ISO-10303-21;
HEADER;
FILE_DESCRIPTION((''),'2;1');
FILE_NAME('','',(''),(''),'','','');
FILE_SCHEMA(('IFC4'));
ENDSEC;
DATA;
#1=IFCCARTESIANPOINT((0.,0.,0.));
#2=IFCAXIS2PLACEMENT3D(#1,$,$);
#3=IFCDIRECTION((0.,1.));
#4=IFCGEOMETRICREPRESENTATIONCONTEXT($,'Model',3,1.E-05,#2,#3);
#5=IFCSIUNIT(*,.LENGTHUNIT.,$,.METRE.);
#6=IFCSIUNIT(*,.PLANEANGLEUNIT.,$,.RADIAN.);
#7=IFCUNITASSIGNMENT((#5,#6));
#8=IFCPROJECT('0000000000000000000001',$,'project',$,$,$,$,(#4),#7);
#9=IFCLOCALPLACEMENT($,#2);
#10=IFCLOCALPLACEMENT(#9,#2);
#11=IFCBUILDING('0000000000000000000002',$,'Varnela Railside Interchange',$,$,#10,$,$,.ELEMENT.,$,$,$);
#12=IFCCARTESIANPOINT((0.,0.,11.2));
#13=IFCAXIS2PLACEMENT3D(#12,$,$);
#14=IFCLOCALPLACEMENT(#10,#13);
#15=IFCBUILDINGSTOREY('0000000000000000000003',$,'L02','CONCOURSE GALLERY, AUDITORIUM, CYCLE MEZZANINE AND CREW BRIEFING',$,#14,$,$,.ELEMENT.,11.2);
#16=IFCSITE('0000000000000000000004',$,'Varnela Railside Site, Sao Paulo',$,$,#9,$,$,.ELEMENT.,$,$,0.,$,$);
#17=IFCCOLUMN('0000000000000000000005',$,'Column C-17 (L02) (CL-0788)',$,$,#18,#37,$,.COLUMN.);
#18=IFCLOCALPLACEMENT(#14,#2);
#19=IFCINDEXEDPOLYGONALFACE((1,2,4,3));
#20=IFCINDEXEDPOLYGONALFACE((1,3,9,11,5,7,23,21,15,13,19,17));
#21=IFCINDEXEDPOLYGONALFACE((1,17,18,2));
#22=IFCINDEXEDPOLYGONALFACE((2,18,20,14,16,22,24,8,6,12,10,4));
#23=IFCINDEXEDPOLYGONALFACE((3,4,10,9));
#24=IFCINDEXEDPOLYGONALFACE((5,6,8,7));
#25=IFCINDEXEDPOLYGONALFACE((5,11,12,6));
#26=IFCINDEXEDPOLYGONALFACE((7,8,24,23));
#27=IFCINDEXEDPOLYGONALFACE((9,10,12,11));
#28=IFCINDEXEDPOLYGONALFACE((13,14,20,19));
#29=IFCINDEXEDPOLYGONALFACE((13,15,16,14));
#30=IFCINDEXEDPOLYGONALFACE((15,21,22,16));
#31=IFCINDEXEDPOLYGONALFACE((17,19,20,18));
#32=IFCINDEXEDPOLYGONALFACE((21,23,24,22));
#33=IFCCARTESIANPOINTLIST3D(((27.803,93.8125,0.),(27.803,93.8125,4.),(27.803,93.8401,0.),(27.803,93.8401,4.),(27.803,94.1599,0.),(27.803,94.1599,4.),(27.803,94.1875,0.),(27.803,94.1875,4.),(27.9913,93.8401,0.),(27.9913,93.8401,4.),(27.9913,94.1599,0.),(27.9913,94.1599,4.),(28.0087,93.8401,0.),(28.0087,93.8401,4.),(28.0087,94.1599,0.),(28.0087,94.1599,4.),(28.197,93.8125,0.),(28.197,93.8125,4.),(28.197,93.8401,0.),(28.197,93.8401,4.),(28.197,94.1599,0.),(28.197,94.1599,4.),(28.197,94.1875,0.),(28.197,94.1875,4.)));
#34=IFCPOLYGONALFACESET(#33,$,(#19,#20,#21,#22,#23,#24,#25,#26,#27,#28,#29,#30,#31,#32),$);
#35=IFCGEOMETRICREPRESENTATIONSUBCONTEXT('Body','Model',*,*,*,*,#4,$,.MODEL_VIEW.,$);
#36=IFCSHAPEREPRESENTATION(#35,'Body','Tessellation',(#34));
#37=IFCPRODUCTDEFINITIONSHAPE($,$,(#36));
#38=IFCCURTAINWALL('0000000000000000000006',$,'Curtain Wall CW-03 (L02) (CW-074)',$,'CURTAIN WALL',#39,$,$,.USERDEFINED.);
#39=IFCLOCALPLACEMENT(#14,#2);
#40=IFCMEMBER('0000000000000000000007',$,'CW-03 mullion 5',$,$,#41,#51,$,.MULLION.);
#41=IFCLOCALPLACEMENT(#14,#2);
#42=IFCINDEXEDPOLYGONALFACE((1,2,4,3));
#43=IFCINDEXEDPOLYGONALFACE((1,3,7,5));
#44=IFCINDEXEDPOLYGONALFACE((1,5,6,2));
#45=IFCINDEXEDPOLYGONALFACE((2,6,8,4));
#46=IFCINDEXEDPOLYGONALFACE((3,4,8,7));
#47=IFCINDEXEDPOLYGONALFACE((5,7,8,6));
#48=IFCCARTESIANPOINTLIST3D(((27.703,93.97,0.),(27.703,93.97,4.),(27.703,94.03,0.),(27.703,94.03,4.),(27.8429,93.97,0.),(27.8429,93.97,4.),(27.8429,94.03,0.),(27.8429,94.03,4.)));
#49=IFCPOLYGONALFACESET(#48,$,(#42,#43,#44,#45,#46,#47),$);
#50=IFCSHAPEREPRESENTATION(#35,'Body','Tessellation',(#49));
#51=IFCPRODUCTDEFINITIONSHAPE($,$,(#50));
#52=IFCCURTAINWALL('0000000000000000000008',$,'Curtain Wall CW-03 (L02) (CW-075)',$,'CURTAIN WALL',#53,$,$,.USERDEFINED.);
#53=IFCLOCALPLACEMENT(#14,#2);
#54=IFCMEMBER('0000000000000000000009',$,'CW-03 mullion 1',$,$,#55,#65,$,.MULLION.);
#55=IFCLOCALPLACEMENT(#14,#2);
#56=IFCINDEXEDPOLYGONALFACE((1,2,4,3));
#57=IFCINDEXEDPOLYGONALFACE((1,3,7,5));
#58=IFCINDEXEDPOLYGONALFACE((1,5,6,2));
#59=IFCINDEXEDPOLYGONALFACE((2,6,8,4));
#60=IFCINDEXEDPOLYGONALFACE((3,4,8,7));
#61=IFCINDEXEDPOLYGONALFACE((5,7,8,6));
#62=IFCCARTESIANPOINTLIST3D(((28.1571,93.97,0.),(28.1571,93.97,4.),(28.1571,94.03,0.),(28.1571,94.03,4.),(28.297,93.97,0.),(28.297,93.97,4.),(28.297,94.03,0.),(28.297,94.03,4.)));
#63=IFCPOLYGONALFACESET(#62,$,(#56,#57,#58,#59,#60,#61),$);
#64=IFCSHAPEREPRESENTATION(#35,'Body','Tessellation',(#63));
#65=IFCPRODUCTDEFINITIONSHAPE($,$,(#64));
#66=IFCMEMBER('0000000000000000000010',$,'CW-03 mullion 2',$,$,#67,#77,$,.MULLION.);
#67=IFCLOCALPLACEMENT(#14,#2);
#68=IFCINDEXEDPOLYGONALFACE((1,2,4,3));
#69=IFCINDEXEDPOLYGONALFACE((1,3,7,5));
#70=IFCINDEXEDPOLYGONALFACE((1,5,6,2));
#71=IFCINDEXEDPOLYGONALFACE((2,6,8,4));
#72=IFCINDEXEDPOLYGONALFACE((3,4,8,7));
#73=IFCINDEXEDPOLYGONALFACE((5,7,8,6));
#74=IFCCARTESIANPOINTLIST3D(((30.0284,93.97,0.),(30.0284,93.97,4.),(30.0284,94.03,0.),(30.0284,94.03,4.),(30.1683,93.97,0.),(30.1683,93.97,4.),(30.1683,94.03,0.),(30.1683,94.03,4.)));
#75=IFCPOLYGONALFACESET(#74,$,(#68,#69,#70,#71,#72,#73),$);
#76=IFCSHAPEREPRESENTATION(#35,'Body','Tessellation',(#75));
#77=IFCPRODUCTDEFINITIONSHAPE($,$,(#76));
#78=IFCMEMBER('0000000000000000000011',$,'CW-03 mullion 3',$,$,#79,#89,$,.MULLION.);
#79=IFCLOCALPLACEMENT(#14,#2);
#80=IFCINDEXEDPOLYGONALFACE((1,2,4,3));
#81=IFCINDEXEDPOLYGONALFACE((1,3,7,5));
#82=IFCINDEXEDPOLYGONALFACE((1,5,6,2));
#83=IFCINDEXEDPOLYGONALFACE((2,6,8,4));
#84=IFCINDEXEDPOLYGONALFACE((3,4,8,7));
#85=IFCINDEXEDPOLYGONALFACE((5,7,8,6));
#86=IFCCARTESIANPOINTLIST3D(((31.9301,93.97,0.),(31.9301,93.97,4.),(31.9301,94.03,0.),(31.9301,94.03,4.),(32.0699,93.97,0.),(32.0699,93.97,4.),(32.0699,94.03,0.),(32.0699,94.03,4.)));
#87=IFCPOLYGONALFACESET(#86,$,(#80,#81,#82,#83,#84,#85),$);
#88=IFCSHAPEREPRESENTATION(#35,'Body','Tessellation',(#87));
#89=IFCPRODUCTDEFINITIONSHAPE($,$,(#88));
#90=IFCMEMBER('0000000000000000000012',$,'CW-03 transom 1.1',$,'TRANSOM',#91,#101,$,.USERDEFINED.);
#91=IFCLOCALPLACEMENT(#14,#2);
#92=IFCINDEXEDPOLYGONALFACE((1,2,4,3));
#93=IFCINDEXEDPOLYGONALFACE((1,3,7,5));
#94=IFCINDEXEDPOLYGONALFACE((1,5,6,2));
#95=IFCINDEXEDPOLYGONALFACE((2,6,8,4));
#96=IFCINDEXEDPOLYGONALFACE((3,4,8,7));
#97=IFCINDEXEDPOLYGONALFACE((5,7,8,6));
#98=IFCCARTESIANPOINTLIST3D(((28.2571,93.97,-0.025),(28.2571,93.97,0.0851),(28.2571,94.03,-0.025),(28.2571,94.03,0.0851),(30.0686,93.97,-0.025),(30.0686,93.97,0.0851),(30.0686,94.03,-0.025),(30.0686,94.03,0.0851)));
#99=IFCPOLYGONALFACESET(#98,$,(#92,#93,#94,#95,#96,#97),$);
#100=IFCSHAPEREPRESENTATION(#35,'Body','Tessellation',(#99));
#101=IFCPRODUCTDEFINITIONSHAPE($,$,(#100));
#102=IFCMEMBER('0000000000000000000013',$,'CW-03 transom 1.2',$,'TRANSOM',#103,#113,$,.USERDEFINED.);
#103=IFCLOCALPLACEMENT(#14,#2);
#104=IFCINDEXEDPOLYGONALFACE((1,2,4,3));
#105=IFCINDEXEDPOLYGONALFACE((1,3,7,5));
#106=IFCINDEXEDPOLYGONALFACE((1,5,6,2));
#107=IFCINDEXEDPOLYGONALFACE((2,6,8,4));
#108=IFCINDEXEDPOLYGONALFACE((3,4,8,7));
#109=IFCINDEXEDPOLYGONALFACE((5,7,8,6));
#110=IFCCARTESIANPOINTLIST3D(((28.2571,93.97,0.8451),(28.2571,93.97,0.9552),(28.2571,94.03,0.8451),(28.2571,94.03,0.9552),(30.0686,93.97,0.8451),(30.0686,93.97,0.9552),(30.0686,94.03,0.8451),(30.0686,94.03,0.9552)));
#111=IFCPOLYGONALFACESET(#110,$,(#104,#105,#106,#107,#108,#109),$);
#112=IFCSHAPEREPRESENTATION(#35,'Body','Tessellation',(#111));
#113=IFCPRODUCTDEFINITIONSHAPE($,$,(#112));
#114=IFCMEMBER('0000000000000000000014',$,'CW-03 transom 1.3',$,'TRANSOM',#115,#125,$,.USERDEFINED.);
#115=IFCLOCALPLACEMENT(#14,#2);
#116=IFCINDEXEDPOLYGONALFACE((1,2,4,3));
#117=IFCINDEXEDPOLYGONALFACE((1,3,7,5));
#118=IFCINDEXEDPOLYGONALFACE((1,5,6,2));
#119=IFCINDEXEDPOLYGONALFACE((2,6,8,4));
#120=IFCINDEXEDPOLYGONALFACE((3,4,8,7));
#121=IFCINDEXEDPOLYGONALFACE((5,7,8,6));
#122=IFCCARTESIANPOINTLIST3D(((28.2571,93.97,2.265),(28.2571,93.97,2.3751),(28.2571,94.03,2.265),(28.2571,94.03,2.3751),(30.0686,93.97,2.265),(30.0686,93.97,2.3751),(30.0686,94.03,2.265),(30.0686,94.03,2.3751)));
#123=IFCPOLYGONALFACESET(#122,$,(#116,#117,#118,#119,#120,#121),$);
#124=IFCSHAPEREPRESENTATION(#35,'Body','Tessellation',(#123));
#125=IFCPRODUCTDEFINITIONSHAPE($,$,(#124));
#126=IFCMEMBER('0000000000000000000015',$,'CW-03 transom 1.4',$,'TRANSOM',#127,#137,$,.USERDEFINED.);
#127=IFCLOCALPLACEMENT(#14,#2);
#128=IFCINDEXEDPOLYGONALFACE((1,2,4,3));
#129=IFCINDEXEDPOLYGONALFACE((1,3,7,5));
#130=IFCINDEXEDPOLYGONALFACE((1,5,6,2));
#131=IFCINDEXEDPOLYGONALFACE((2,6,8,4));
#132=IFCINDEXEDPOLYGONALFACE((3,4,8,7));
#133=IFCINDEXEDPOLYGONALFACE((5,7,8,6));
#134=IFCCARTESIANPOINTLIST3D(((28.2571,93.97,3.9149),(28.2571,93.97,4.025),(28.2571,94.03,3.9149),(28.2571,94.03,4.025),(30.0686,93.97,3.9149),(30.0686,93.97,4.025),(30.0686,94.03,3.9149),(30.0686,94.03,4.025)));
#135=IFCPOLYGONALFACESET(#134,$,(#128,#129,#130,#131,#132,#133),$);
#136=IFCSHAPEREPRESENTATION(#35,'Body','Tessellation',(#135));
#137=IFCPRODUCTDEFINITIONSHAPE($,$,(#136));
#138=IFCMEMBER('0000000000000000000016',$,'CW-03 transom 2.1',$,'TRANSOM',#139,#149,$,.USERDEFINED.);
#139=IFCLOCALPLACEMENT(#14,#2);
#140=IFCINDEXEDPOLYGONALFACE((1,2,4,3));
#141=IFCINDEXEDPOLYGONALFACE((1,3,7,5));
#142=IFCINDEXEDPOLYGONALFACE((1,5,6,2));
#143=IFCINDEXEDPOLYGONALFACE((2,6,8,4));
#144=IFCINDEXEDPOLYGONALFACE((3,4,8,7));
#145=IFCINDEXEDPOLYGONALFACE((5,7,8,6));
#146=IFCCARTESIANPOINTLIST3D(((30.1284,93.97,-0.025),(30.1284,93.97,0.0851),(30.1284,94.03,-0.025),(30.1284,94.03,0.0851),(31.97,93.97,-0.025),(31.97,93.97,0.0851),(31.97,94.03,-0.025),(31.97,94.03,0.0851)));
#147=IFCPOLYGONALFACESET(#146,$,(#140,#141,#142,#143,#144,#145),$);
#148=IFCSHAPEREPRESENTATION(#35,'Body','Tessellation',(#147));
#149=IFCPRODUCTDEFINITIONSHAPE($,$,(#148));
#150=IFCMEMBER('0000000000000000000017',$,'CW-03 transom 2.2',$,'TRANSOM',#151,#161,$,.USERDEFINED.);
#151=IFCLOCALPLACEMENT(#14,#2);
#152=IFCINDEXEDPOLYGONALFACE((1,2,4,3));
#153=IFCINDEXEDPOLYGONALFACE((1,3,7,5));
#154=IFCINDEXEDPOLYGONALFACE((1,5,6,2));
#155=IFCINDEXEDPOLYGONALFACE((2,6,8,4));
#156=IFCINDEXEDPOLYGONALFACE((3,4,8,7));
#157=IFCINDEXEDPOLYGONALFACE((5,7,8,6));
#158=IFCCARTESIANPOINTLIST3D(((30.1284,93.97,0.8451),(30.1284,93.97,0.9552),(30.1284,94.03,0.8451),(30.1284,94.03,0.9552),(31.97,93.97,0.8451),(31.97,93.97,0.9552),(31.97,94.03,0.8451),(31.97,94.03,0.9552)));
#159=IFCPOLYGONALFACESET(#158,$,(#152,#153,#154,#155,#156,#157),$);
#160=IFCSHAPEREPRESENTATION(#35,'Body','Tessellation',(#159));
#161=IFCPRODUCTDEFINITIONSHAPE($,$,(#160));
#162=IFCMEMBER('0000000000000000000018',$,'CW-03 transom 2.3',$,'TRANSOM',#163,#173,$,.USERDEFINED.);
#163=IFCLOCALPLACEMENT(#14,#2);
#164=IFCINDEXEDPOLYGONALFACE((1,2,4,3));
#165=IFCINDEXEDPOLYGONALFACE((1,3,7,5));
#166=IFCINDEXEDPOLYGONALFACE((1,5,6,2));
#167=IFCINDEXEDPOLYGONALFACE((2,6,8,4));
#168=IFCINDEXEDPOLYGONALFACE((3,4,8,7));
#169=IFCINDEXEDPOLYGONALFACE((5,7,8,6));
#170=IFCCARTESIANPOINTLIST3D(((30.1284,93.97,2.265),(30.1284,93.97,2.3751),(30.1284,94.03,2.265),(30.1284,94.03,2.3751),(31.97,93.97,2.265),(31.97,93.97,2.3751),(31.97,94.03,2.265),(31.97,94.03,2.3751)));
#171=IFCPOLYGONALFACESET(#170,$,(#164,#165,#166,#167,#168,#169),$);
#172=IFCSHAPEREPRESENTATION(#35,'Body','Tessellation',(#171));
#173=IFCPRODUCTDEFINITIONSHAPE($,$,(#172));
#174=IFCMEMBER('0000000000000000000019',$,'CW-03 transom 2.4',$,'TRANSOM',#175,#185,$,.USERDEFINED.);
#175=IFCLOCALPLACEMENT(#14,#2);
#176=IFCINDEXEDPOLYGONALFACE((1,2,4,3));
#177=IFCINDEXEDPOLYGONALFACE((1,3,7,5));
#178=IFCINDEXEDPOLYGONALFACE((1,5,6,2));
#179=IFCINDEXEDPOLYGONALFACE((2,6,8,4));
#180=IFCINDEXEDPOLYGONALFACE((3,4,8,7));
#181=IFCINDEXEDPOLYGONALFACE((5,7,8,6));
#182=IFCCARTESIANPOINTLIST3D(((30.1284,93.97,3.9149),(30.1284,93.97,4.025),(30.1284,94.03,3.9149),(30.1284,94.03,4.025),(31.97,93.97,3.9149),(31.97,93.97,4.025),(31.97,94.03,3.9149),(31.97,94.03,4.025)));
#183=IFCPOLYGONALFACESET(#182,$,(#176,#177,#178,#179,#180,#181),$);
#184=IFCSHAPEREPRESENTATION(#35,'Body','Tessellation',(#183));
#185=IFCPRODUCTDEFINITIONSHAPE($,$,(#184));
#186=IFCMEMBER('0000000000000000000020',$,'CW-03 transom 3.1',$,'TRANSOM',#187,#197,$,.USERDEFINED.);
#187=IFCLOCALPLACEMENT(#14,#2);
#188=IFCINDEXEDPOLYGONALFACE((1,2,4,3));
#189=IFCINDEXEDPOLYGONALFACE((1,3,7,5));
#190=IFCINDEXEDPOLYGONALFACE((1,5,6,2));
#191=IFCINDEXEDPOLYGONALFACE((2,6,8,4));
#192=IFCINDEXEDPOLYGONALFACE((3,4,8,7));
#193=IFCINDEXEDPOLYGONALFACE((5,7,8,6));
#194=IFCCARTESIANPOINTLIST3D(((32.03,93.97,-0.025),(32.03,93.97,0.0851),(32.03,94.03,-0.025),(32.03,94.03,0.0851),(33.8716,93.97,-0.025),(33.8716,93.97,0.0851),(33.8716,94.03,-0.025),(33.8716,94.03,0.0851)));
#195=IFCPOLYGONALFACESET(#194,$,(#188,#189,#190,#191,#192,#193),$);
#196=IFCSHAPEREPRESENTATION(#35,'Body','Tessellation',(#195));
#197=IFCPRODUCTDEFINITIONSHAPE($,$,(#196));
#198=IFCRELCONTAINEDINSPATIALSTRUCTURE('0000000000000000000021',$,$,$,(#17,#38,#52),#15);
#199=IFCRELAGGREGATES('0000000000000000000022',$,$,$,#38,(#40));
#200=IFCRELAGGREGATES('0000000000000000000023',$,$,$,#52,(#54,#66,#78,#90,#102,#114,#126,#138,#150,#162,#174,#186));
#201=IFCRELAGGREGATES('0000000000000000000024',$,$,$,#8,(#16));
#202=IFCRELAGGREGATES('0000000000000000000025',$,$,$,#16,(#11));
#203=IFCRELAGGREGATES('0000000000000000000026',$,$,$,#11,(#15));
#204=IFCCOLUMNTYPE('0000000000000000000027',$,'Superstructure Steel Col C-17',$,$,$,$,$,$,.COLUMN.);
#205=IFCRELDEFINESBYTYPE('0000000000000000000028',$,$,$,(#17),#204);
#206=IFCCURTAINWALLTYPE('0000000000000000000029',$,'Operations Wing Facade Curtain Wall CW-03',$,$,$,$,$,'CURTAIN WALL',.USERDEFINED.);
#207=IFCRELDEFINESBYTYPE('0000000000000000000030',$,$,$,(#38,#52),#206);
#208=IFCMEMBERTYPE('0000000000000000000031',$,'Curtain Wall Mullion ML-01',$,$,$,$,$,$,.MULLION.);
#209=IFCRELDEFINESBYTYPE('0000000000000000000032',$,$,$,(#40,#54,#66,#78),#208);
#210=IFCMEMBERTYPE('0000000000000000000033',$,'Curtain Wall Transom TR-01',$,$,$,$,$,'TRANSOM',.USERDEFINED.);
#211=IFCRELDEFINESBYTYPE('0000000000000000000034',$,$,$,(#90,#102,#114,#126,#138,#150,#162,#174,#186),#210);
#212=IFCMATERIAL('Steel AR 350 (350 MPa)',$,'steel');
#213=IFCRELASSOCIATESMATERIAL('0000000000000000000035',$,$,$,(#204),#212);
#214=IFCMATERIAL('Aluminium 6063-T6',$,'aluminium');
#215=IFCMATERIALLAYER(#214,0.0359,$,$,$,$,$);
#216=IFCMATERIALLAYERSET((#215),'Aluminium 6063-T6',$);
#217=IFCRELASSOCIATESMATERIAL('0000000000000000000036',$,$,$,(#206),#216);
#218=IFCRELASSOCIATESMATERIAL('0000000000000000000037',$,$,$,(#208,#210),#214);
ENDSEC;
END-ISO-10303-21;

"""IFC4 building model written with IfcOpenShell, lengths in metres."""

from ifc_helpers import new_model, si_unit, direction, frame, origin, origin_2d, place, context, subcontext, project, spatial, rectangle, i_section, extrude, material, layer, layer_set, material_profile, profile_set, type_object, element, aggregate, save


model = new_model("IFC4")

# Units and contexts
model_context = context("Model", 3, precision=1e-05, world=origin(), true_north=direction((0.0, 1.0)))
body_context = subcontext(model_context, "Body", "Model", "MODEL_VIEW")
ifc_project = project(units=[si_unit("LENGTHUNIT", "METRE"), si_unit("PLANEANGLEUNIT", "RADIAN")], contexts=[model_context])

# Site, building, storey
site_placement = place(None, origin())
site = spatial("IfcSite", under=ifc_project, at=site_placement, Name="Varnela Railside Site, Sao Paulo", CompositionType="ELEMENT", RefElevation=0.0)
building_placement = place(site_placement, origin())
building = spatial("IfcBuilding", under=site, at=building_placement, Name="Varnela Railside Interchange", CompositionType="ELEMENT")
storey_placement = place(building_placement, frame((0.0, 0.0, 11.2)))
storey = spatial("IfcBuildingStorey", under=building, at=storey_placement, Name="L02", Description="CONCOURSE GALLERY, AUDITORIUM, CYCLE MEZZANINE AND CREW BRIEFING", CompositionType="ELEMENT", Elevation=11.2)

# Column
ifc_material_1 = material(Name="Steel AR 350 (350 MPa)", Category="steel")
ifc_material_profile_1 = material_profile(ifc_material_1, i_section(OverallWidth=0.394, OverallDepth=0.375, WebThickness=0.0173, FlangeThickness=0.0276, at=origin_2d()), Name="W360x216")
ifc_profile_set_1 = profile_set([ifc_material_profile_1], Name="Steel AR 350 (350 MPa)")
column_type = type_object("IfcColumnType", Name="Superstructure Steel Col C-17", PredefinedType="COLUMN", material=ifc_profile_set_1)
column_placement = place(storey_placement, frame((28.0, 94.0, 0.0), z_axis=(0.0, 0.0, 1.0), x_axis=(1.0, 0.0, 0.0)))
element("IfcColumn", 1, at=column_placement, inside=storey, type_object=column_type, Name="Column C-17 (L02) (CL-0788)", PredefinedType="COLUMN", context=body_context, shape_type="SweptSolid", body=[
    extrude(i_section(OverallWidth=0.394, OverallDepth=0.375, WebThickness=0.0173, FlangeThickness=0.0276, at=origin_2d()), origin(), (0.0, 0.0, 1.0), 4.0),
])

# Curtain wall, member
ifc_material_2 = material(Name="Aluminium 6063-T6", Category="aluminium")
ifc_layer_1 = layer(ifc_material_2, 0.0359)
ifc_layer_set_1 = layer_set([ifc_layer_1], Name="Aluminium 6063-T6")
curtain_wall_type = type_object("IfcCurtainWallType", Name="Operations Wing Facade Curtain Wall CW-03", ElementType="CURTAIN WALL", PredefinedType="USERDEFINED", material=ifc_layer_set_1)
curtain_wall_1_placement = place(storey_placement, origin())
curtain_wall_1 = element("IfcCurtainWall", 2, at=curtain_wall_1_placement, inside=storey, type_object=curtain_wall_type, Name="Curtain Wall CW-03 (L02) (CW-074)", ObjectType="CURTAIN WALL", PredefinedType="USERDEFINED")
ifc_material_profile_2 = material_profile(ifc_material_2, rectangle(XDim=0.0601, YDim=0.1399, at=origin_2d()), Name="ALU 60x140")
ifc_profile_set_2 = profile_set([ifc_material_profile_2], Name="Aluminium 6063-T6")
member_type_1 = type_object("IfcMemberType", Name="Curtain Wall Mullion ML-01", PredefinedType="MULLION", material=ifc_profile_set_2)
member_1_placement = place(storey_placement, frame((27.7729, 94.0, 0.0), z_axis=(0.0, 0.0, 1.0), x_axis=(0.0, 1.0, 0.0)))
member_1 = element("IfcMember", 3, at=member_1_placement, type_object=member_type_1, Name="CW-03 mullion 5", PredefinedType="MULLION", context=body_context, shape_type="SweptSolid", body=[
    extrude(rectangle(XDim=0.0601, YDim=0.1399, at=origin_2d()), origin(), (0.0, 0.0, 1.0), 4.0),
])

# Curtain wall, members
curtain_wall_2_placement = place(storey_placement, origin())
curtain_wall_2 = element("IfcCurtainWall", 4, at=curtain_wall_2_placement, inside=storey, type_object=curtain_wall_type, Name="Curtain Wall CW-03 (L02) (CW-075)", ObjectType="CURTAIN WALL", PredefinedType="USERDEFINED")
member_2_placement = place(storey_placement, frame((28.2271, 94.0, 0.0), z_axis=(0.0, 0.0, 1.0), x_axis=(0.0, 1.0, 0.0)))
member_2 = element("IfcMember", 5, at=member_2_placement, type_object=member_type_1, Name="CW-03 mullion 1", PredefinedType="MULLION", context=body_context, shape_type="SweptSolid", body=[
    extrude(rectangle(XDim=0.0601, YDim=0.1399, at=origin_2d()), origin(), (0.0, 0.0, 1.0), 4.0),
])
member_3_placement = place(storey_placement, frame((30.0984, 94.0, 0.0), z_axis=(0.0, 0.0, 1.0), x_axis=(0.0, 1.0, 0.0)))
member_3 = element("IfcMember", 6, at=member_3_placement, type_object=member_type_1, Name="CW-03 mullion 2", PredefinedType="MULLION", context=body_context, shape_type="SweptSolid", body=[
    extrude(rectangle(XDim=0.0601, YDim=0.1399, at=origin_2d()), origin(), (0.0, 0.0, 1.0), 4.0),
])
member_4_placement = place(storey_placement, frame((32.0, 94.0, 0.0), z_axis=(0.0, 0.0, 1.0), x_axis=(0.0, 1.0, 0.0)))
member_4 = element("IfcMember", 7, at=member_4_placement, type_object=member_type_1, Name="CW-03 mullion 3", PredefinedType="MULLION", context=body_context, shape_type="SweptSolid", body=[
    extrude(rectangle(XDim=0.0601, YDim=0.1399, at=origin_2d()), origin(), (0.0, 0.0, 1.0), 4.0),
])
ifc_material_profile_3 = material_profile(ifc_material_2, rectangle(XDim=0.0601, YDim=0.1101, at=origin_2d()), Name="ALU 60x110")
ifc_profile_set_3 = profile_set([ifc_material_profile_3], Name="Aluminium 6063-T6")
member_type_2 = type_object("IfcMemberType", Name="Curtain Wall Transom TR-01", ElementType="TRANSOM", PredefinedType="USERDEFINED", material=ifc_profile_set_3)
member_5_placement = place(storey_placement, frame((28.2571, 94.0, 0.03), z_axis=(1.0, 0.0, 0.0), x_axis=(0.0, 1.0, 0.0)))
member_5 = element("IfcMember", 8, at=member_5_placement, type_object=member_type_2, Name="CW-03 transom 1.1", ObjectType="TRANSOM", PredefinedType="USERDEFINED", context=body_context, shape_type="SweptSolid", body=[
    extrude(rectangle(XDim=0.0601, YDim=0.1101, at=origin_2d()), origin(), (0.0, 0.0, 1.0), 1.8115),
])
member_6_placement = place(storey_placement, frame((28.2571, 94.0, 0.9001), z_axis=(1.0, 0.0, 0.0), x_axis=(0.0, 1.0, 0.0)))
member_6 = element("IfcMember", 9, at=member_6_placement, type_object=member_type_2, Name="CW-03 transom 1.2", ObjectType="TRANSOM", PredefinedType="USERDEFINED", context=body_context, shape_type="SweptSolid", body=[
    extrude(rectangle(XDim=0.0601, YDim=0.1101, at=origin_2d()), origin(), (0.0, 0.0, 1.0), 1.8115),
])
member_7_placement = place(storey_placement, frame((28.2571, 94.0, 2.3201), z_axis=(1.0, 0.0, 0.0), x_axis=(0.0, 1.0, 0.0)))
member_7 = element("IfcMember", 10, at=member_7_placement, type_object=member_type_2, Name="CW-03 transom 1.3", ObjectType="TRANSOM", PredefinedType="USERDEFINED", context=body_context, shape_type="SweptSolid", body=[
    extrude(rectangle(XDim=0.0601, YDim=0.1101, at=origin_2d()), origin(), (0.0, 0.0, 1.0), 1.8115),
])
member_8_placement = place(storey_placement, frame((28.2571, 94.0, 3.97), z_axis=(1.0, 0.0, 0.0), x_axis=(0.0, 1.0, 0.0)))
member_8 = element("IfcMember", 11, at=member_8_placement, type_object=member_type_2, Name="CW-03 transom 1.4", ObjectType="TRANSOM", PredefinedType="USERDEFINED", context=body_context, shape_type="SweptSolid", body=[
    extrude(rectangle(XDim=0.0601, YDim=0.1101, at=origin_2d()), origin(), (0.0, 0.0, 1.0), 1.8115),
])
member_9_placement = place(storey_placement, frame((30.1284, 94.0, 0.03), z_axis=(1.0, 0.0, 0.0), x_axis=(0.0, 1.0, 0.0)))
member_9 = element("IfcMember", 12, at=member_9_placement, type_object=member_type_2, Name="CW-03 transom 2.1", ObjectType="TRANSOM", PredefinedType="USERDEFINED", context=body_context, shape_type="SweptSolid", body=[
    extrude(rectangle(XDim=0.0601, YDim=0.1101, at=origin_2d()), origin(), (0.0, 0.0, 1.0), 1.8416),
])
member_10_placement = place(storey_placement, frame((30.1284, 94.0, 0.9001), z_axis=(1.0, 0.0, 0.0), x_axis=(0.0, 1.0, 0.0)))
member_10 = element("IfcMember", 13, at=member_10_placement, type_object=member_type_2, Name="CW-03 transom 2.2", ObjectType="TRANSOM", PredefinedType="USERDEFINED", context=body_context, shape_type="SweptSolid", body=[
    extrude(rectangle(XDim=0.0601, YDim=0.1101, at=origin_2d()), origin(), (0.0, 0.0, 1.0), 1.8416),
])
member_11_placement = place(storey_placement, frame((30.1284, 94.0, 2.3201), z_axis=(1.0, 0.0, 0.0), x_axis=(0.0, 1.0, 0.0)))
member_11 = element("IfcMember", 14, at=member_11_placement, type_object=member_type_2, Name="CW-03 transom 2.3", ObjectType="TRANSOM", PredefinedType="USERDEFINED", context=body_context, shape_type="SweptSolid", body=[
    extrude(rectangle(XDim=0.0601, YDim=0.1101, at=origin_2d()), origin(), (0.0, 0.0, 1.0), 1.8416),
])
member_12_placement = place(storey_placement, frame((30.1284, 94.0, 3.97), z_axis=(1.0, 0.0, 0.0), x_axis=(0.0, 1.0, 0.0)))
member_12 = element("IfcMember", 15, at=member_12_placement, type_object=member_type_2, Name="CW-03 transom 2.4", ObjectType="TRANSOM", PredefinedType="USERDEFINED", context=body_context, shape_type="SweptSolid", body=[
    extrude(rectangle(XDim=0.0601, YDim=0.1101, at=origin_2d()), origin(), (0.0, 0.0, 1.0), 1.8416),
])
member_13_placement = place(storey_placement, frame((32.03, 94.0, 0.03), z_axis=(1.0, 0.0, 0.0), x_axis=(0.0, 1.0, 0.0)))
member_13 = element("IfcMember", 16, at=member_13_placement, type_object=member_type_2, Name="CW-03 transom 3.1", ObjectType="TRANSOM", PredefinedType="USERDEFINED", context=body_context, shape_type="SweptSolid", body=[
    extrude(rectangle(XDim=0.0601, YDim=0.1101, at=origin_2d()), origin(), (0.0, 0.0, 1.0), 1.8416),
])

aggregate(curtain_wall_1, [member_1])
aggregate(curtain_wall_2, [member_2, member_3, member_4, member_5, member_6, member_7, member_8, member_9, member_10, member_11, member_12, member_13])

save(model, "model.ifc")
